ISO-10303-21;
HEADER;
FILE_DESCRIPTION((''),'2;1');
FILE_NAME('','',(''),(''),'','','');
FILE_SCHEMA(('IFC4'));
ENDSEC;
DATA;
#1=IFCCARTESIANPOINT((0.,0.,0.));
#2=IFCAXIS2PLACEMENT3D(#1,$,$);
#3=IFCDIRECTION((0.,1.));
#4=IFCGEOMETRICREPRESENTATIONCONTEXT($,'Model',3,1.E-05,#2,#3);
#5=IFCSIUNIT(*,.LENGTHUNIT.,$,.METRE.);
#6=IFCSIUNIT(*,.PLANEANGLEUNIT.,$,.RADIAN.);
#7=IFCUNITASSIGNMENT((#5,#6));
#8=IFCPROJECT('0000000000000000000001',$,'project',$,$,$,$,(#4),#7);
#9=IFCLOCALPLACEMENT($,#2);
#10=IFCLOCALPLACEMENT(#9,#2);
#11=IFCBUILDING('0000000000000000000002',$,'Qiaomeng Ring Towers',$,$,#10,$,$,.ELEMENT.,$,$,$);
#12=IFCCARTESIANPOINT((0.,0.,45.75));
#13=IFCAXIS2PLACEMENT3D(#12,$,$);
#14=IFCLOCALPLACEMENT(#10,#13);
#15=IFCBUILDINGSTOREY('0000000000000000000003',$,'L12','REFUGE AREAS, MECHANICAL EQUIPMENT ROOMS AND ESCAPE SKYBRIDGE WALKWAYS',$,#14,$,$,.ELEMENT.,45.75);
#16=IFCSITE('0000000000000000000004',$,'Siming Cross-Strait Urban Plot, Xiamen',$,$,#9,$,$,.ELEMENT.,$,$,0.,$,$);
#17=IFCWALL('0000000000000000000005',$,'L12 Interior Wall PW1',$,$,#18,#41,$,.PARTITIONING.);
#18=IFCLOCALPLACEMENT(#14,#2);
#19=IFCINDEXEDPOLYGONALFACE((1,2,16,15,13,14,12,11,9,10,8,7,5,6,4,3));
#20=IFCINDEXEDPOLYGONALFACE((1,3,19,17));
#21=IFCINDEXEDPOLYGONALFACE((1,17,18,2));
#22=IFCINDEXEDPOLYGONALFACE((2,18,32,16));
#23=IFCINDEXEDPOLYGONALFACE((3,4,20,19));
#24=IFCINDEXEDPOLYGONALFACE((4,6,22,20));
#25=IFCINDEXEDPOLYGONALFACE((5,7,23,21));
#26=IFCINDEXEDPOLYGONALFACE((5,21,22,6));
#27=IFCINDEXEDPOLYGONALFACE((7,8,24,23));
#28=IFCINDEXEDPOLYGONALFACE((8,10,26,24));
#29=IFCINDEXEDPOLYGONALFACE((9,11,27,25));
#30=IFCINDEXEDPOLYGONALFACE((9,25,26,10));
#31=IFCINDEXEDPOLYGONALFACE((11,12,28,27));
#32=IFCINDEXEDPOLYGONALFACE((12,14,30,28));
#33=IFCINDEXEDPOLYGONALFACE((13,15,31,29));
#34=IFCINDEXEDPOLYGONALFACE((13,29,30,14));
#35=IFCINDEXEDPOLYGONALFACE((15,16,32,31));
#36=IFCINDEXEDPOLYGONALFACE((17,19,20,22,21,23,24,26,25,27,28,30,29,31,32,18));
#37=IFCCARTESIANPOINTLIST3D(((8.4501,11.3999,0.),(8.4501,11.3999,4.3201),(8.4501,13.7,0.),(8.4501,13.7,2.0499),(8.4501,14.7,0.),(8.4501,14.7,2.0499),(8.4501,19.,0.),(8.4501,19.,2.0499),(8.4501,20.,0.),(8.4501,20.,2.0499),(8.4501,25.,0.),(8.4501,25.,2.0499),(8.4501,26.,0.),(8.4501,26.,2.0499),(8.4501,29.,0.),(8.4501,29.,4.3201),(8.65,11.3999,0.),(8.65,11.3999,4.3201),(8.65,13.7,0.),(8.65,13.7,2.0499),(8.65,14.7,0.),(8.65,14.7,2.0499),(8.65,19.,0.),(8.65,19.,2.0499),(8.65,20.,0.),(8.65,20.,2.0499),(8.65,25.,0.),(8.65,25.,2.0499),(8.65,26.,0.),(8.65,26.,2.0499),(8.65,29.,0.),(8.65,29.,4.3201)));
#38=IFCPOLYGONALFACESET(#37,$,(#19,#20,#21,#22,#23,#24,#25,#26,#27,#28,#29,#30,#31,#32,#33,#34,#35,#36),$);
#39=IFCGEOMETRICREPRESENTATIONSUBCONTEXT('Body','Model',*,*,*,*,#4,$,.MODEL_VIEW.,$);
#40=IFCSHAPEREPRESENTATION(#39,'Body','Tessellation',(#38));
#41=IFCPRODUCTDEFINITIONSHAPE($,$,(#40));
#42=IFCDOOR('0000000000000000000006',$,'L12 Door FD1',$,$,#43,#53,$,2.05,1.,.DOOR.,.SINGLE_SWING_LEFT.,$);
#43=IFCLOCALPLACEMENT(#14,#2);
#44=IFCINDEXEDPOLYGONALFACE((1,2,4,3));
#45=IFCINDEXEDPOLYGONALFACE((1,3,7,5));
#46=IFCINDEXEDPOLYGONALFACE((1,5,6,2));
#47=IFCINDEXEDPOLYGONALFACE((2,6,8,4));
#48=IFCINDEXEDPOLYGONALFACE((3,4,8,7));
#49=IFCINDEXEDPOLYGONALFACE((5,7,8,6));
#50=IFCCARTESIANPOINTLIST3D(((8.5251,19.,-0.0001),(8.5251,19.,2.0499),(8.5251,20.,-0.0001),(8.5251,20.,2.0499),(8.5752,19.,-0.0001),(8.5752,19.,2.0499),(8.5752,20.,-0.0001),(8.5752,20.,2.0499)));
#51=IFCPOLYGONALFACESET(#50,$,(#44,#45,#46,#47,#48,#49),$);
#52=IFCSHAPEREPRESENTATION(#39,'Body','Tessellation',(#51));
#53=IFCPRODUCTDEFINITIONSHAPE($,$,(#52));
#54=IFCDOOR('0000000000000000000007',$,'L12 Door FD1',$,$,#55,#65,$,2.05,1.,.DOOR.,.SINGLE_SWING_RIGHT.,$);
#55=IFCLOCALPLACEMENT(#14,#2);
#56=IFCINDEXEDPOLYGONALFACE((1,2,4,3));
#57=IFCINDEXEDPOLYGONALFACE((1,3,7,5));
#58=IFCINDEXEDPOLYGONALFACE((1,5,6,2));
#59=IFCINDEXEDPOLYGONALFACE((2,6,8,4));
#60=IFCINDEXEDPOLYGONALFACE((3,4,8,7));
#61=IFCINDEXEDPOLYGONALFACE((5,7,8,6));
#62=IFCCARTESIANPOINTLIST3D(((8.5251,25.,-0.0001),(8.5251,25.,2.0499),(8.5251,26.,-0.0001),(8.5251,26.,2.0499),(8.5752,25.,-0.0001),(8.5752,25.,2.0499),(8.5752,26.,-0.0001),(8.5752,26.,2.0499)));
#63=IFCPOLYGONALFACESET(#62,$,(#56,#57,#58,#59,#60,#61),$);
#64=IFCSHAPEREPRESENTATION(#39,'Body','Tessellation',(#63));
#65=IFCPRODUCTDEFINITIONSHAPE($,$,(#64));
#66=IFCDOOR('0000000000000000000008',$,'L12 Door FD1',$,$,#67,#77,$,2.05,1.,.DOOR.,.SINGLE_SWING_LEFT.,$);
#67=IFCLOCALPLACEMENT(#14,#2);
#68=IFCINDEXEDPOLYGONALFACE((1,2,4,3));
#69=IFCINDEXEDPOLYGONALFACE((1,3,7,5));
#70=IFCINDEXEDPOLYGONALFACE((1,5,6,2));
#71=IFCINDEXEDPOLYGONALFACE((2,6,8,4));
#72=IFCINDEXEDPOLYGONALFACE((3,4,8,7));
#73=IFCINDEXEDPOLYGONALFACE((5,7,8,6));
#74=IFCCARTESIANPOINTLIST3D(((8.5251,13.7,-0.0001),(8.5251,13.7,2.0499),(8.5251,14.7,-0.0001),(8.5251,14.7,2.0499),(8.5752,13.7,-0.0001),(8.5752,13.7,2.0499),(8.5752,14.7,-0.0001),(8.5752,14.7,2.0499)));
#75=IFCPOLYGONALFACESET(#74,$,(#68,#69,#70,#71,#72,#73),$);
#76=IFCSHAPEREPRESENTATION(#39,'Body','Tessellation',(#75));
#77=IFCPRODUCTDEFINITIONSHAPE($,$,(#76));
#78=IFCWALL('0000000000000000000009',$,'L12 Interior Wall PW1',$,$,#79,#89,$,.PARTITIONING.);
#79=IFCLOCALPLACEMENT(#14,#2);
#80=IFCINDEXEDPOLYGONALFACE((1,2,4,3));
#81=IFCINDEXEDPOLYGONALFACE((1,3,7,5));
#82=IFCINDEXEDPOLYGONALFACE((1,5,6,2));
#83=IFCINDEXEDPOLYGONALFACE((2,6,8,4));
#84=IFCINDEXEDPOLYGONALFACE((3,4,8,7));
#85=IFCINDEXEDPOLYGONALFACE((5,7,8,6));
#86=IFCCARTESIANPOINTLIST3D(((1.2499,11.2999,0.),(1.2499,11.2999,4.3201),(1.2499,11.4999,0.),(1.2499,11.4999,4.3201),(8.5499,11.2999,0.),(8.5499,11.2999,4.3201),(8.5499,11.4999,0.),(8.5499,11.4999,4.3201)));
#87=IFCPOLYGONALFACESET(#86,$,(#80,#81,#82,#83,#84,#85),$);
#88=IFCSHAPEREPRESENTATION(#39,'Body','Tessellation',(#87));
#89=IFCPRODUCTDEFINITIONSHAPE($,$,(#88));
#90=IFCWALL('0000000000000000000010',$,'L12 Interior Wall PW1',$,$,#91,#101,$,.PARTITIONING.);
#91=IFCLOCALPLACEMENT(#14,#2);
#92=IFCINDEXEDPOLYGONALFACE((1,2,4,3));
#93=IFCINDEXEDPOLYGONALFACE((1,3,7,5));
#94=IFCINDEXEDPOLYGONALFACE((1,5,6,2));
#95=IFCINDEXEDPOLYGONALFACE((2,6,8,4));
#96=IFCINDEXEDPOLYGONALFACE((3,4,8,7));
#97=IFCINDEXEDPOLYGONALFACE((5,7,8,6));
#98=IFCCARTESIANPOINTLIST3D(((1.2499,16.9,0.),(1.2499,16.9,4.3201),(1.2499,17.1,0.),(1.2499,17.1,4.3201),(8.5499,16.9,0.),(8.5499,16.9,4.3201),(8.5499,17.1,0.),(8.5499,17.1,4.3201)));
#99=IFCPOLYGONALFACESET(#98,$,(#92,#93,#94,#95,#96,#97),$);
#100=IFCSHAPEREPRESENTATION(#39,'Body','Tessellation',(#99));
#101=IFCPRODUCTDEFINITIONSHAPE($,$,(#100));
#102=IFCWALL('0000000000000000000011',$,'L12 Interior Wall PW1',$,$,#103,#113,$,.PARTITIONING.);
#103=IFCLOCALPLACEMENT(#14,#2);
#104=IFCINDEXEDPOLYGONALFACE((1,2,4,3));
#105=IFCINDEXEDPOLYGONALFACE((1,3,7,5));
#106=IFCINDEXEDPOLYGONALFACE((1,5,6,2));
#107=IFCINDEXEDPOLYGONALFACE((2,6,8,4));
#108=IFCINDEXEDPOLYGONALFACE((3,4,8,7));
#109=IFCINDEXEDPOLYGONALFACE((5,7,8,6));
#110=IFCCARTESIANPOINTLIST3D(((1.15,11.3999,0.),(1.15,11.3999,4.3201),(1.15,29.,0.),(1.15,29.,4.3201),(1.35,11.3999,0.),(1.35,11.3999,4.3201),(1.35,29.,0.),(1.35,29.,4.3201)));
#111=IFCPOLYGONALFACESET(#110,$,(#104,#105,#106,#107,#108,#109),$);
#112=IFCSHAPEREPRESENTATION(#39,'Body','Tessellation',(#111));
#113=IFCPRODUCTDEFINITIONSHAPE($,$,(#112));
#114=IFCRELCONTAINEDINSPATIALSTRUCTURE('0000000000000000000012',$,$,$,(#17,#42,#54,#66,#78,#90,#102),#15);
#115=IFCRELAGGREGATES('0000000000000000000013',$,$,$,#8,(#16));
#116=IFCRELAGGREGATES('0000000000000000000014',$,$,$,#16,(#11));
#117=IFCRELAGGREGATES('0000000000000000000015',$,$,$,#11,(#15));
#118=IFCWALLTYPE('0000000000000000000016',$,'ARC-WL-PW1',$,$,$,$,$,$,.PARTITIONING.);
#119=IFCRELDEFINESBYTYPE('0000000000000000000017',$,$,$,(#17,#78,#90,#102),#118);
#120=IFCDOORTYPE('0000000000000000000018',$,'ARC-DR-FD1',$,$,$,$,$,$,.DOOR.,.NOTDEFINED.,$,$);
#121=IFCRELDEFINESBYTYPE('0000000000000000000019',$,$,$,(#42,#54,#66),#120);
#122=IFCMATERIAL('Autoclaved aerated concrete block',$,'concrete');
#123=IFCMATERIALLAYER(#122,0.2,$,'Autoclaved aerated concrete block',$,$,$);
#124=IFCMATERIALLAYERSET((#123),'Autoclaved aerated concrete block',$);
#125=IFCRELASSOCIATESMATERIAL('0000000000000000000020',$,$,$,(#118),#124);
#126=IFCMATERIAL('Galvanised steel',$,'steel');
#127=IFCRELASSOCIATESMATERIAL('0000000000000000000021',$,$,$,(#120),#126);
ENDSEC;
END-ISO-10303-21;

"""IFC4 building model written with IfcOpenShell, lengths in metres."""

from ifc_helpers import new_model, si_unit, direction, frame, frame_2d, origin, place, context, subcontext, project, spatial, rectangle, extrude, source, transform, mapped, material, layer, layer_set, type_object, element, fill, save


model = new_model("IFC4")

# Units and contexts
model_context = context("Model", 3, precision=1e-05, world=origin(), true_north=direction((0.0, 1.0)))
body_context = subcontext(model_context, "Body", "Model", "MODEL_VIEW")
ifc_project = project(units=[si_unit("LENGTHUNIT", "METRE"), si_unit("PLANEANGLEUNIT", "RADIAN")], contexts=[model_context])

# Site, building, storey
site_placement = place(None, origin())
site = spatial("IfcSite", under=ifc_project, at=site_placement, Name="Siming Cross-Strait Urban Plot, Xiamen", CompositionType="ELEMENT", RefElevation=0.0)
building_placement = place(site_placement, origin())
building = spatial("IfcBuilding", under=site, at=building_placement, Name="Qiaomeng Ring Towers", CompositionType="ELEMENT")
storey_placement = place(building_placement, frame((0.0, 0.0, 45.75)))
storey = spatial("IfcBuildingStorey", under=building, at=storey_placement, Name="L12", Description="REFUGE AREAS, MECHANICAL EQUIPMENT ROOMS AND ESCAPE SKYBRIDGE WALKWAYS", CompositionType="ELEMENT", Elevation=45.75)

# Wall, openings, doors
ifc_material_1 = material(Name="Autoclaved aerated concrete block", Category="concrete")
ifc_layer_1 = layer(ifc_material_1, 0.2, Name="Autoclaved aerated concrete block")
ifc_layer_set_1 = layer_set([ifc_layer_1], Name="Autoclaved aerated concrete block")
wall_type = type_object("IfcWallType", Name="ARC-WL-PW1", PredefinedType="PARTITIONING", material=ifc_layer_set_1)
wall_1_placement = place(storey_placement, frame((8.55, 11.3999, 0.0), z_axis=(0.0, 0.0, 1.0), x_axis=(0.0, 1.0, 0.0)))
wall_1 = element("IfcWall", 1, at=wall_1_placement, inside=storey, type_object=wall_type, Name="L12 Interior Wall PW1", PredefinedType="PARTITIONING", context=body_context, shape_type="SweptSolid", body=[
    extrude(rectangle(XDim=17.6001, YDim=0.2, at=frame_2d((8.8, 0.0))), origin(), (0.0, 0.0, 1.0), 4.3201),
])
opening_1_placement = place(wall_1_placement, frame((7.6001, 0.0, 0.0)))
opening_1 = element("IfcOpeningElement", 2, at=opening_1_placement, cuts=wall_1, PredefinedType="OPENING", context=body_context, shape_type="SweptSolid", body=[
    extrude(rectangle(XDim=1.0, YDim=2.05, at=frame_2d((0.5, 1.0249))), frame((0.0, 0.1099, 0.0), z_axis=(0.0, -1.0, 0.0), x_axis=(1.0, 0.0, 0.0)), (0.0, 0.0, 1.0), 0.22),
])
opening_2_placement = place(wall_1_placement, frame((13.6001, 0.0, 0.0)))
opening_2 = element("IfcOpeningElement", 3, at=opening_2_placement, cuts=wall_1, PredefinedType="OPENING", context=body_context, shape_type="SweptSolid", body=[
    extrude(rectangle(XDim=1.0, YDim=2.05, at=frame_2d((0.5, 1.0249))), frame((0.0, 0.1099, 0.0), z_axis=(0.0, -1.0, 0.0), x_axis=(1.0, 0.0, 0.0)), (0.0, 0.0, 1.0), 0.22),
])
opening_3_placement = place(wall_1_placement, frame((2.3, 0.0, 0.0)))
opening_3 = element("IfcOpeningElement", 4, at=opening_3_placement, cuts=wall_1, PredefinedType="OPENING", context=body_context, shape_type="SweptSolid", body=[
    extrude(rectangle(XDim=1.0, YDim=2.05, at=frame_2d((0.5, 1.0249))), frame((0.0, 0.1099, 0.0), z_axis=(0.0, -1.0, 0.0), x_axis=(1.0, 0.0, 0.0)), (0.0, 0.0, 1.0), 0.22),
])
ifc_material_2 = material(Name="Galvanised steel", Category="steel")
door_type = type_object("IfcDoorType", Name="ARC-DR-FD1", OperationType="NOTDEFINED", PredefinedType="DOOR", material=ifc_material_2)
shared_shape_1 = source(origin(), body_context, "Body", "SweptSolid", [
    extrude(rectangle(XDim=1.0, YDim=2.05, at=frame_2d((0.5, 1.0249))), frame((0.0, 0.0249, 0.0), z_axis=(0.0, -1.0, 0.0), x_axis=(1.0, 0.0, 0.0)), (0.0, 0.0, 1.0), 0.05),
])
door_1_placement = place(opening_1_placement, origin())
door_1 = element("IfcDoor", 5, at=door_1_placement, inside=storey, type_object=door_type, Name="L12 Door FD1", OperationType="SINGLE_SWING_LEFT", OverallHeight=2.05, OverallWidth=1.0, PredefinedType="DOOR", context=body_context, shape_type="MappedRepresentation", body=[
    mapped(shared_shape_1, transform((0.0, 0.0, 0.0), x_axis=(1.0, 0.0, 0.0), y_axis=(0.0, 1.0, 0.0), z_axis=(0.0, 0.0, 1.0), scale=1.0)),
])
fill(opening_1, door_1)
door_2_placement = place(opening_2_placement, origin())
door_2 = element("IfcDoor", 6, at=door_2_placement, inside=storey, type_object=door_type, Name="L12 Door FD1", OperationType="SINGLE_SWING_RIGHT", OverallHeight=2.05, OverallWidth=1.0, PredefinedType="DOOR", context=body_context, shape_type="MappedRepresentation", body=[
    mapped(shared_shape_1, transform((0.0, 0.0, 0.0), x_axis=(1.0, 0.0, 0.0), y_axis=(0.0, 1.0, 0.0), z_axis=(0.0, 0.0, 1.0), scale=1.0)),
])
fill(opening_2, door_2)
door_3_placement = place(opening_3_placement, origin())
door_3 = element("IfcDoor", 7, at=door_3_placement, inside=storey, type_object=door_type, Name="L12 Door FD1", OperationType="SINGLE_SWING_LEFT", OverallHeight=2.05, OverallWidth=1.0, PredefinedType="DOOR", context=body_context, shape_type="MappedRepresentation", body=[
    mapped(shared_shape_1, transform((0.0, 0.0, 0.0), x_axis=(1.0, 0.0, 0.0), y_axis=(0.0, 1.0, 0.0), z_axis=(0.0, 0.0, 1.0), scale=1.0)),
])
fill(opening_3, door_3)

# Walls
for number, where, z_axis, x_axis, name in (
    (8, (1.25, 11.3999, 0.0), (0.0, 0.0, 1.0), (1.0, 0.0, 0.0), "L12 Interior Wall PW1"),
    (9, (1.25, 17.0, 0.0), (0.0, 0.0, 1.0), (1.0, 0.0, 0.0), "L12 Interior Wall PW1"),
):
    element("IfcWall", number, at=place(storey_placement, frame(where, z_axis=z_axis, x_axis=x_axis)), inside=storey, type_object=wall_type, Name=name, PredefinedType="PARTITIONING", context=body_context, shape_type="SweptSolid", body=[
        extrude(rectangle(XDim=7.3, YDim=0.2, at=frame_2d((3.6499, 0.0))), origin(), (0.0, 0.0, 1.0), 4.3201),
    ])
wall_2_placement = place(storey_placement, frame((1.25, 11.3999, 0.0), z_axis=(0.0, 0.0, 1.0), x_axis=(0.0, 1.0, 0.0)))
element("IfcWall", 10, at=wall_2_placement, inside=storey, type_object=wall_type, Name="L12 Interior Wall PW1", PredefinedType="PARTITIONING", context=body_context, shape_type="SweptSolid", body=[
    extrude(rectangle(XDim=17.6001, YDim=0.2, at=frame_2d((8.8, 0.0))), origin(), (0.0, 0.0, 1.0), 4.3201),
])

save(model, "model.ifc")
